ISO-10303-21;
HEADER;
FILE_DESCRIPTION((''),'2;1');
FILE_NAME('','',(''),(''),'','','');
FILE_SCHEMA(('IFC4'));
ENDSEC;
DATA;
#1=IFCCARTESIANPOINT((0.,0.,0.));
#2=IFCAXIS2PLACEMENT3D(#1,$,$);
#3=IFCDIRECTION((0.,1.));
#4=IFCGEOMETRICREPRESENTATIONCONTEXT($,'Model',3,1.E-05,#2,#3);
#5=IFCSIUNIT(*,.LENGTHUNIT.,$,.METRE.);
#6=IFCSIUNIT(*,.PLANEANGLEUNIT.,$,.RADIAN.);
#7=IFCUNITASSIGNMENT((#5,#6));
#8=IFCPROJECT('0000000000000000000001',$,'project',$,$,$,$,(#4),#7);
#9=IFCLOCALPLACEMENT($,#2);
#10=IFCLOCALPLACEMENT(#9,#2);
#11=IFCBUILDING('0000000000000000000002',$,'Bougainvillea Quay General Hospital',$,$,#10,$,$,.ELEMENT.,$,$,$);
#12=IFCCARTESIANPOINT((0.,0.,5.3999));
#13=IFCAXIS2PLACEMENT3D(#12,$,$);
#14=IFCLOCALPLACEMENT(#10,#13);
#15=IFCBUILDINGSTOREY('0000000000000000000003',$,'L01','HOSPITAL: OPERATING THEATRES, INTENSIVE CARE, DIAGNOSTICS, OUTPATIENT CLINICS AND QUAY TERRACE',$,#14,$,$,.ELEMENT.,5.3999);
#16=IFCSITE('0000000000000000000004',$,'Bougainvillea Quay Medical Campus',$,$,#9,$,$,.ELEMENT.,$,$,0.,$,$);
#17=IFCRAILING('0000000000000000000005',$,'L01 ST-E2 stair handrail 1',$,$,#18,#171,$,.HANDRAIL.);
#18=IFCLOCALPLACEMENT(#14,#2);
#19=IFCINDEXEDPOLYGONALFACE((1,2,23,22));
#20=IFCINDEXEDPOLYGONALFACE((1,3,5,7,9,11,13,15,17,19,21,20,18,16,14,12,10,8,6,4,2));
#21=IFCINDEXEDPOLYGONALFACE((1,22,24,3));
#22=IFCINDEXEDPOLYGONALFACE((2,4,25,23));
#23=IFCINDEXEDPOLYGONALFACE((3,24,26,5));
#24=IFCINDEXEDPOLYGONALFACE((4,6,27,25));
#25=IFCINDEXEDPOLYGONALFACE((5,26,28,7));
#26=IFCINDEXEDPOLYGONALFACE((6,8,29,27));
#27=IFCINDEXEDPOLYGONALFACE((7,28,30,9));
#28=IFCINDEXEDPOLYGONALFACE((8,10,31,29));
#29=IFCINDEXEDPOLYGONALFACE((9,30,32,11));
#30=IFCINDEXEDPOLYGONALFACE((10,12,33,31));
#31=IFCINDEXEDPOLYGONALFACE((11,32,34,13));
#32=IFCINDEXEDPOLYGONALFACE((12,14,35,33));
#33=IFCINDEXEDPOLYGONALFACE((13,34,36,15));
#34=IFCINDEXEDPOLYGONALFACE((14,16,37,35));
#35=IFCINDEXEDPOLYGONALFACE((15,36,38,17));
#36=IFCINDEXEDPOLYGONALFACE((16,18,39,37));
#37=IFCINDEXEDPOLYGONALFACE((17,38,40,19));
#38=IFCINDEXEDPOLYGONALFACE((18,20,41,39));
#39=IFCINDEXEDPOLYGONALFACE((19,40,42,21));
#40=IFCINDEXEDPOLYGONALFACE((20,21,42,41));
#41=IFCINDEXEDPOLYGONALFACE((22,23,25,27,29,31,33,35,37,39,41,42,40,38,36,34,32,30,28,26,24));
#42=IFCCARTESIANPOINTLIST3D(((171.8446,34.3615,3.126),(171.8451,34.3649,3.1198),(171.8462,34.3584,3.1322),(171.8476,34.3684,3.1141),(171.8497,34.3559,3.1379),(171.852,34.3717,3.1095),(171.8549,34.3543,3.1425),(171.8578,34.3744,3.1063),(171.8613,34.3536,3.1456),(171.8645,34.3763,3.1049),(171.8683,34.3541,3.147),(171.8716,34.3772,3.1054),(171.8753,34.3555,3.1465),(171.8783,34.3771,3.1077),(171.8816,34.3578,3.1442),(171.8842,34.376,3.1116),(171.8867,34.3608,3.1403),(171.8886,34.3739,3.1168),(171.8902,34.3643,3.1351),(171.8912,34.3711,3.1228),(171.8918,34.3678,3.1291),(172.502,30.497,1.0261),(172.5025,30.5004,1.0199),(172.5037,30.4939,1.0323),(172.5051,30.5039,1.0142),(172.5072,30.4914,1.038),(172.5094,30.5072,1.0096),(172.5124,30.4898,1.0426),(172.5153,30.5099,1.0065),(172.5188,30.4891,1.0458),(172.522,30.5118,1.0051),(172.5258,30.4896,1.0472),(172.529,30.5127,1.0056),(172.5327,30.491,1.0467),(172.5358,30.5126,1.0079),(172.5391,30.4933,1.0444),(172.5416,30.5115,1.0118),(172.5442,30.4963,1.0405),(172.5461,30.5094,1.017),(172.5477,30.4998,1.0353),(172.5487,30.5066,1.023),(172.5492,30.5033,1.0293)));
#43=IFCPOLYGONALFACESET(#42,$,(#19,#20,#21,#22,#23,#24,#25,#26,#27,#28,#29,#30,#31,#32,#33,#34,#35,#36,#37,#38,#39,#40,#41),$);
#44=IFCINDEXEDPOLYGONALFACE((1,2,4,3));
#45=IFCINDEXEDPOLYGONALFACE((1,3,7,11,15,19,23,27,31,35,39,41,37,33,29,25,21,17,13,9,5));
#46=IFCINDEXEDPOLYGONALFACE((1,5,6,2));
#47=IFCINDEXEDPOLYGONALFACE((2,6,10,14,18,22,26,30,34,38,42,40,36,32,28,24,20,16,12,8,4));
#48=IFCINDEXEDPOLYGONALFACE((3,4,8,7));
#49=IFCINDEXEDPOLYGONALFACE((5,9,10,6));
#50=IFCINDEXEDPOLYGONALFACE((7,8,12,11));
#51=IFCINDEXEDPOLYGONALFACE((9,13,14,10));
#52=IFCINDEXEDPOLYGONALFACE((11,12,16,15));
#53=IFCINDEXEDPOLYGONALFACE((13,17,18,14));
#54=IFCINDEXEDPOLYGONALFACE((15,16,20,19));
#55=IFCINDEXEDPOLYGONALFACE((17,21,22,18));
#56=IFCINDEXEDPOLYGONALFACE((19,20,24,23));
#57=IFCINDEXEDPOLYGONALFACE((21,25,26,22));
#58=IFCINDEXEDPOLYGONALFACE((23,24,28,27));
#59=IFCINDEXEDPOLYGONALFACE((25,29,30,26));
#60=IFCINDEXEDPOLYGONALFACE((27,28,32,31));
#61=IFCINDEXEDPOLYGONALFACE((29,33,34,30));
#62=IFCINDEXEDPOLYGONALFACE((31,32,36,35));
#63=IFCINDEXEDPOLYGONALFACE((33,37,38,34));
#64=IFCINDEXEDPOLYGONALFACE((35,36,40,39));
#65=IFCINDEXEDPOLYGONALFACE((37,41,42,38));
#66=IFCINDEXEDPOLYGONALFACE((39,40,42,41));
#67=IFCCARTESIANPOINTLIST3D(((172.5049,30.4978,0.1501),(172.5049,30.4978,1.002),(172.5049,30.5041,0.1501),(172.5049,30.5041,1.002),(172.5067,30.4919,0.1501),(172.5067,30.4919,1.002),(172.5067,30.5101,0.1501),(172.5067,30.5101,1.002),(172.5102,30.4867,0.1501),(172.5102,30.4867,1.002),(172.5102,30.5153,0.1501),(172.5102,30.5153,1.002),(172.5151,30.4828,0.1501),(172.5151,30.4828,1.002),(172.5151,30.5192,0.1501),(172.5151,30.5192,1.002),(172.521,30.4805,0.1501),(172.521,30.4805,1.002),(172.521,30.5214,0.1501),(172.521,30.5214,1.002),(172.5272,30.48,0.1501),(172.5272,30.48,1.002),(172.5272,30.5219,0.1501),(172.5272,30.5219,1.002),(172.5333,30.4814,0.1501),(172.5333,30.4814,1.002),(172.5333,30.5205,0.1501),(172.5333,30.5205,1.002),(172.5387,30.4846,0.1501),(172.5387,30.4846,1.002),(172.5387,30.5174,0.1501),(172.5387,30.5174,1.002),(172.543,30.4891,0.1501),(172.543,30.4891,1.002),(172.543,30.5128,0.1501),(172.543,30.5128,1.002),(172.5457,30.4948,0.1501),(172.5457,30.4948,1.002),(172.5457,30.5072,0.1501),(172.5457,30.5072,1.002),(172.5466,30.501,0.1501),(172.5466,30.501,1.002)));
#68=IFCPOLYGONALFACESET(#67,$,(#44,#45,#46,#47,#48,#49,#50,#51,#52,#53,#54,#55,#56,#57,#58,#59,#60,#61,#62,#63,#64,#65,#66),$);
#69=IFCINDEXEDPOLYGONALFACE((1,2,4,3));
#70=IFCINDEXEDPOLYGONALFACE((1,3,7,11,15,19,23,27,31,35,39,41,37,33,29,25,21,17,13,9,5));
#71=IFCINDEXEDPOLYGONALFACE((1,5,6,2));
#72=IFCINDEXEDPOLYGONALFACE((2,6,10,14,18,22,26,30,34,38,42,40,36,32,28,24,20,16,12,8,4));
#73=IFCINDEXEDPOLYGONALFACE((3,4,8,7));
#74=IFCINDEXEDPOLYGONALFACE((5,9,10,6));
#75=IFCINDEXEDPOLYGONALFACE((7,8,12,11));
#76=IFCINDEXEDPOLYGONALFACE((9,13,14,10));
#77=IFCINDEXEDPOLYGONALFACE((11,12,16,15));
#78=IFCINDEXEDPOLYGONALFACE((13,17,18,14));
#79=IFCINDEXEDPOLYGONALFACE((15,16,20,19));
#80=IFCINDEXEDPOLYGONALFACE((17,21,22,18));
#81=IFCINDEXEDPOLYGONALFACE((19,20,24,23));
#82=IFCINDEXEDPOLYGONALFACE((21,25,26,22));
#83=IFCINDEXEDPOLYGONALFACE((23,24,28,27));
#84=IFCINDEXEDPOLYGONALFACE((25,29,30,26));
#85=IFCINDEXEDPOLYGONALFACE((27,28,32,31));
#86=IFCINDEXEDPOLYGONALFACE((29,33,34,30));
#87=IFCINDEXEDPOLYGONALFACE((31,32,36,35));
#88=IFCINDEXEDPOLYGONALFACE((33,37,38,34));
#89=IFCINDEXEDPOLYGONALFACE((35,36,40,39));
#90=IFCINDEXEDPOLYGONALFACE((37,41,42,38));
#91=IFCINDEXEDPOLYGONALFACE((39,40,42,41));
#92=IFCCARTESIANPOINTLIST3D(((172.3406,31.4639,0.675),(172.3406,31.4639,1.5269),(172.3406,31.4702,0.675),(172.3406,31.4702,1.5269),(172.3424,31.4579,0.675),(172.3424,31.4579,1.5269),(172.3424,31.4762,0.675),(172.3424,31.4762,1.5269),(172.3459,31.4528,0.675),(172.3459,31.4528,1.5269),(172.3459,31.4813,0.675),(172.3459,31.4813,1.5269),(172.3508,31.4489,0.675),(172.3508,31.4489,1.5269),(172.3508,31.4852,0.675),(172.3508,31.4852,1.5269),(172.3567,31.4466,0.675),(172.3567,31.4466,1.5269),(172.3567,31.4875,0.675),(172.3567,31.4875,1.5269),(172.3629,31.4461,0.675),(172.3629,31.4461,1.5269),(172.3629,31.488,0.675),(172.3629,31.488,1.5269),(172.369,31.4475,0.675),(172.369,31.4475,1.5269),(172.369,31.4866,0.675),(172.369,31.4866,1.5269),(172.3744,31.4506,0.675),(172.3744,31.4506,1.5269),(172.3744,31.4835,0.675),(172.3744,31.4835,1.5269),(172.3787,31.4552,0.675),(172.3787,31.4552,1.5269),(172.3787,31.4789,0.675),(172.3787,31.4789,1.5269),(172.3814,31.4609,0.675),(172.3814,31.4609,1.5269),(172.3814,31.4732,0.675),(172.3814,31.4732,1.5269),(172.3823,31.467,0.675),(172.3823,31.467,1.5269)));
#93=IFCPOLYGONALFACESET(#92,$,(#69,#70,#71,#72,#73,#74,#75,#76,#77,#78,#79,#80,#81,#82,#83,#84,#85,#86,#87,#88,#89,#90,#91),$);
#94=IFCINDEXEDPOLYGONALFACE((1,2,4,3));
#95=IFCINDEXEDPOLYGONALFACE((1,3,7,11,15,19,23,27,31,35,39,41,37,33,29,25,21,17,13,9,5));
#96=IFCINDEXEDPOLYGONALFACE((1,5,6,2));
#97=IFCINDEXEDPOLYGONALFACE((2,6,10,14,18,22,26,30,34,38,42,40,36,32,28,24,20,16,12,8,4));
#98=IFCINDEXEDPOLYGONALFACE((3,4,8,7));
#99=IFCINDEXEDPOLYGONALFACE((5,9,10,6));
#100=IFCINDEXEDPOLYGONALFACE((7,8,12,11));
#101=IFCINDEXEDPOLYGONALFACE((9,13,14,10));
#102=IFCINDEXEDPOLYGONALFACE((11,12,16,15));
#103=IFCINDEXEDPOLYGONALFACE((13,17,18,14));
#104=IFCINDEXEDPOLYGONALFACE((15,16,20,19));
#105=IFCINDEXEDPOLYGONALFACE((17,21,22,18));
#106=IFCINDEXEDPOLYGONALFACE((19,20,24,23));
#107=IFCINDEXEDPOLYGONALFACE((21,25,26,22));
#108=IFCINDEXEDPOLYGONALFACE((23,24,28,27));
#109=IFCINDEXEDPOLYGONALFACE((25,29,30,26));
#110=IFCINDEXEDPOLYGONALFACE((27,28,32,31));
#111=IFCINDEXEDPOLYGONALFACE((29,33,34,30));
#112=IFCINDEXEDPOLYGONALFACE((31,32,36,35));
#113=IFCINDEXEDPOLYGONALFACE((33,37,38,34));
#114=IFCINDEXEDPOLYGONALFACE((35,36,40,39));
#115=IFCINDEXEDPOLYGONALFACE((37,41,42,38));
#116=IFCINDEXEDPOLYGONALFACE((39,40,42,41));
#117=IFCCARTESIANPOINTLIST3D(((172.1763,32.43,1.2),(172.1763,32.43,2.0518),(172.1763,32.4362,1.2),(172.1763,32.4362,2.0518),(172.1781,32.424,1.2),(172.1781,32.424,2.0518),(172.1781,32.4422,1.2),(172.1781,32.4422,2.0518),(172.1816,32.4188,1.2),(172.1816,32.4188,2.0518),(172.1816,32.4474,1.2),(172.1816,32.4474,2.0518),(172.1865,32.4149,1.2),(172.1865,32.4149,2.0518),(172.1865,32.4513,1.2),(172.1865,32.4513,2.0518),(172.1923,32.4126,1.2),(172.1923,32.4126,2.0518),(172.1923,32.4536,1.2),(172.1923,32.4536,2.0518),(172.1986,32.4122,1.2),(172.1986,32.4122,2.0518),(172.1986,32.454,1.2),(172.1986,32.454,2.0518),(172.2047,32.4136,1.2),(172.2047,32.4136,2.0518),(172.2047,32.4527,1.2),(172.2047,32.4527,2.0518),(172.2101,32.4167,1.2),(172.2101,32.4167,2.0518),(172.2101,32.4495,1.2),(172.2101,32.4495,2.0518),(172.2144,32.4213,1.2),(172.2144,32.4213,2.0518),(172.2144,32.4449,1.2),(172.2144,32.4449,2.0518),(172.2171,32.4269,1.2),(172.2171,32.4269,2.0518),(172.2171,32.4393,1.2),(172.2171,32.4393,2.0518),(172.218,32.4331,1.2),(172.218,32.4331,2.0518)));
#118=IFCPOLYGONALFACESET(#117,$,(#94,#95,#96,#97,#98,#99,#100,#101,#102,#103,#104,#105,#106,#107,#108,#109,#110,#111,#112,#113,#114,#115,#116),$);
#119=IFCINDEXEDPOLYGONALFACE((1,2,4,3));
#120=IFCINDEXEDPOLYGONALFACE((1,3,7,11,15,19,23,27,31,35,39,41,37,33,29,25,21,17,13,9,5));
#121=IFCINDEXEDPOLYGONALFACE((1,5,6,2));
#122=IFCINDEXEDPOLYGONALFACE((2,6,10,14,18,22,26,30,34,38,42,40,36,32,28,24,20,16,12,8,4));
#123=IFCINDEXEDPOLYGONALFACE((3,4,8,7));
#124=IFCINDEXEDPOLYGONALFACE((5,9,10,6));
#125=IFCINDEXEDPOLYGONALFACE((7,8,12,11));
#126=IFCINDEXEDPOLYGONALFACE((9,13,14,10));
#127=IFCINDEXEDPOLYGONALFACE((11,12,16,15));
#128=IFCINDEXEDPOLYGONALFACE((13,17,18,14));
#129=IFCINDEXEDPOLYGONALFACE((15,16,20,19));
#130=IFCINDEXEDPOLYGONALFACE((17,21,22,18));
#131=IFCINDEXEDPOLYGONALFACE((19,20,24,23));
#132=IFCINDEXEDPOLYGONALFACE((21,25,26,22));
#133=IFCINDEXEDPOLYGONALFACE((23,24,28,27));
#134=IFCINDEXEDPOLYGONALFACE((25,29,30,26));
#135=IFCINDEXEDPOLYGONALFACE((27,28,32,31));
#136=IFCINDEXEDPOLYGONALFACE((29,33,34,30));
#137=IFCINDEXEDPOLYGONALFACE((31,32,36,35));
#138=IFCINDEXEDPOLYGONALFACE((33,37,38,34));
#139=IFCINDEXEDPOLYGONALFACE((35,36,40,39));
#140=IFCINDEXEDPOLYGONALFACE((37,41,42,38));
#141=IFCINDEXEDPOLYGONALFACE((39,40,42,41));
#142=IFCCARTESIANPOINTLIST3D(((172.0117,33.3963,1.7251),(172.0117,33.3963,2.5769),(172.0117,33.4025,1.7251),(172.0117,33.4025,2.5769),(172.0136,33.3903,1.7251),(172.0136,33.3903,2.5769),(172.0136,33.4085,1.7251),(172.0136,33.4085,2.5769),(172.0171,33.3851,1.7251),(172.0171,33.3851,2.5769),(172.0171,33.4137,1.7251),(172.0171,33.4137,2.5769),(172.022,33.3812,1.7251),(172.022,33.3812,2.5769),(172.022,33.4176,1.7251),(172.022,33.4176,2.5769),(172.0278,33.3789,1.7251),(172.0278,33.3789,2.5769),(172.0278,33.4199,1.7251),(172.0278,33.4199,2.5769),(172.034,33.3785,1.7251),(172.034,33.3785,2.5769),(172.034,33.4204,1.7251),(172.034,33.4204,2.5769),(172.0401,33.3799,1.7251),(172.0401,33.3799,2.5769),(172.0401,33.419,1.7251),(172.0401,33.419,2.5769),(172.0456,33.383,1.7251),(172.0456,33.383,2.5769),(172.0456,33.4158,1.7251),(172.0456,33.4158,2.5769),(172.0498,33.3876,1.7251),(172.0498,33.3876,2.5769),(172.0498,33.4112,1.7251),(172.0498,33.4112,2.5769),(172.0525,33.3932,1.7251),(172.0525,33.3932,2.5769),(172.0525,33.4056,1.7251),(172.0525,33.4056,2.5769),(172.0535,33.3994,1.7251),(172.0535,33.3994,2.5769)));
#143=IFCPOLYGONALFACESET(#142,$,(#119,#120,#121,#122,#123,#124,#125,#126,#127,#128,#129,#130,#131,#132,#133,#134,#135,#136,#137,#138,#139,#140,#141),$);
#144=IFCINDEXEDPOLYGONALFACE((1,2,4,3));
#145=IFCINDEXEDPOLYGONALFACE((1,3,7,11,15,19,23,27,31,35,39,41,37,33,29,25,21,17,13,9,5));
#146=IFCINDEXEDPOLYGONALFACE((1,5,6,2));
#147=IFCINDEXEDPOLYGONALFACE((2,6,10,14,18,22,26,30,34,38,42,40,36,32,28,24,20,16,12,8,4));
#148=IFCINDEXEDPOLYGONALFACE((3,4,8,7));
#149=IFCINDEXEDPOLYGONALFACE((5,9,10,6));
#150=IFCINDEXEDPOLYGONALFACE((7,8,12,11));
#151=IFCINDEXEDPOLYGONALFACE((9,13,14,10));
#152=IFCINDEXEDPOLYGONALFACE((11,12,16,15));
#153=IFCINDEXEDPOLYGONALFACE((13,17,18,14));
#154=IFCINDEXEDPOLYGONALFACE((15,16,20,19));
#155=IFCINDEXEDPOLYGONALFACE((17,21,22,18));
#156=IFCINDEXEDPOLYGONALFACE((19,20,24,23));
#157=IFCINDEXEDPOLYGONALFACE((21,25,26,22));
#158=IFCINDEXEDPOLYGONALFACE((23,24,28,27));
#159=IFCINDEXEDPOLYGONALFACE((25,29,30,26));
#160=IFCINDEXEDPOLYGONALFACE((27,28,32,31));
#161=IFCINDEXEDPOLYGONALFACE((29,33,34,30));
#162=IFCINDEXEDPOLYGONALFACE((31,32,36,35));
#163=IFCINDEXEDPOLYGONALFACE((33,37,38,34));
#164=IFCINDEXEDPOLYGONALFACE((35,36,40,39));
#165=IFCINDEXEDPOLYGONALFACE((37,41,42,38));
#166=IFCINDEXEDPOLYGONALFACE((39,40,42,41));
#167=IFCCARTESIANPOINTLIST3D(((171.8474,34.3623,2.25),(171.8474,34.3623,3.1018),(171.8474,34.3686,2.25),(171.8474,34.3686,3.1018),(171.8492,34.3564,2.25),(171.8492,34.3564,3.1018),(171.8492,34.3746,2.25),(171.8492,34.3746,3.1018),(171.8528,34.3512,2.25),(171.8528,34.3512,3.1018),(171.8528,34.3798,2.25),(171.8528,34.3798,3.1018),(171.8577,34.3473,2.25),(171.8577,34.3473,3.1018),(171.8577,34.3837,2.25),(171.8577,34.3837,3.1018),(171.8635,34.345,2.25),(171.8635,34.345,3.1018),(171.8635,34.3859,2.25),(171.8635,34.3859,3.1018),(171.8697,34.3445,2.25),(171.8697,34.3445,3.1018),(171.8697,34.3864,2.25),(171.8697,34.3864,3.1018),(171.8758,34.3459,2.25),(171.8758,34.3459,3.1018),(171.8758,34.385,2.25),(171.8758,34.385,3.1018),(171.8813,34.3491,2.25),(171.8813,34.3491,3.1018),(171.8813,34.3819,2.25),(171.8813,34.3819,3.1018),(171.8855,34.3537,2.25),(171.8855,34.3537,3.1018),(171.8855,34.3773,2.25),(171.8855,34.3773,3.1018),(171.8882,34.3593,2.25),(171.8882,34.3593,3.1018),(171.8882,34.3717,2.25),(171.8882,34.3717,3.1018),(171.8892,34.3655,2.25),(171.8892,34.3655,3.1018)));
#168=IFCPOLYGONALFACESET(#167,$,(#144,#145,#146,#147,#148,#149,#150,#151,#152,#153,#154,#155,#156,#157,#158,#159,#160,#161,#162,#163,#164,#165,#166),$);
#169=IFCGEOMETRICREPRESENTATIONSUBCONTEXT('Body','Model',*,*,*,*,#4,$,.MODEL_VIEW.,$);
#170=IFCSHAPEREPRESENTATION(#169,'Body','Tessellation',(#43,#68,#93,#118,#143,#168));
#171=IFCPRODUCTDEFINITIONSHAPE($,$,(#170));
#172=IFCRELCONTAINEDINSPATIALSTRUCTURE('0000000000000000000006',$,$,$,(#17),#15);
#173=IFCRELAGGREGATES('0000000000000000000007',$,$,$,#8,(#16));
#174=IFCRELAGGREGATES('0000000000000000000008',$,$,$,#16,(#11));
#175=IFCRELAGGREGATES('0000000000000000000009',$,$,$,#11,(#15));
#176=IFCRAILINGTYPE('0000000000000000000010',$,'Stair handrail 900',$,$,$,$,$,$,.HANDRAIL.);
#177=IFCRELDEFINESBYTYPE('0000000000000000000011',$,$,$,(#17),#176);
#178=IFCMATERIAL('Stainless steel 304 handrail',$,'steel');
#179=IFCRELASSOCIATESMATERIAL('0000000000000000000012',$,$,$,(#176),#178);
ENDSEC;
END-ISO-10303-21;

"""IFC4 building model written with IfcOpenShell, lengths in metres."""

from ifc_helpers import new_model, si_unit, direction, frame, origin, origin_2d, place, context, subcontext, project, spatial, circle, extrude, material, type_object, element, save


model = new_model("IFC4")

# Units and contexts
model_context = context("Model", 3, precision=1e-05, world=origin(), true_north=direction((0.0, 1.0)))
body_context = subcontext(model_context, "Body", "Model", "MODEL_VIEW")
ifc_project = project(units=[si_unit("LENGTHUNIT", "METRE"), si_unit("PLANEANGLEUNIT", "RADIAN")], contexts=[model_context])

# Site, building, storey
site_placement = place(None, origin())
site = spatial("IfcSite", under=ifc_project, at=site_placement, Name="Bougainvillea Quay Medical Campus", CompositionType="ELEMENT", RefElevation=0.0)
building_placement = place(site_placement, origin())
building = spatial("IfcBuilding", under=site, at=building_placement, Name="Bougainvillea Quay General Hospital", CompositionType="ELEMENT")
storey_placement = place(building_placement, frame((0.0, 0.0, 5.3999)))
storey = spatial("IfcBuildingStorey", under=building, at=storey_placement, Name="L01", Description="HOSPITAL: OPERATING THEATRES, INTENSIVE CARE, DIAGNOSTICS, OUTPATIENT CLINICS AND QUAY TERRACE", CompositionType="ELEMENT", Elevation=5.3999)

# Railing
ifc_material_1 = material(Name="Stainless steel 304 handrail", Category="steel")
railing_type_1 = type_object("IfcRailingType", Name="Stair handrail 900", PredefinedType="HANDRAIL", material=ifc_material_1)
railing_1_placement = place(storey_placement, frame((172.5256, 30.501, 0.1501)))
element("IfcRailing", 1, at=railing_1_placement, inside=storey, type_object=railing_type_1, Name="L01 ST-E2 stair handrail 1", PredefinedType="HANDRAIL", context=body_context, shape_type="SweptSolid", body=[
    extrude(circle(Radius=0.0239, at=origin_2d()), frame((0.0, 0.0, 0.876), z_axis=(-0.147845, 0.869008, 0.472193), x_axis=(-0.985835, -0.167721, 0.0)), (0.0, 0.0, 1.0), 4.447),
    extrude(circle(Radius=0.021, at=origin_2d()), origin(), (0.0, 0.0, 1.0), 0.8518),
    extrude(circle(Radius=0.021, at=origin_2d()), frame((-0.1643, 0.9661, 0.5249)), (0.0, 0.0, 1.0), 0.8518),
    extrude(circle(Radius=0.021, at=origin_2d()), frame((-0.3286, 1.9321, 1.0498)), (0.0, 0.0, 1.0), 0.8518),
    extrude(circle(Radius=0.021, at=origin_2d()), frame((-0.4932, 2.8984, 1.575)), (0.0, 0.0, 1.0), 0.8518),
    extrude(circle(Radius=0.021, at=origin_2d()), frame((-0.6575, 3.8645, 2.0999)), (0.0, 0.0, 1.0), 0.8518),
])

save(model, "model.ifc")
